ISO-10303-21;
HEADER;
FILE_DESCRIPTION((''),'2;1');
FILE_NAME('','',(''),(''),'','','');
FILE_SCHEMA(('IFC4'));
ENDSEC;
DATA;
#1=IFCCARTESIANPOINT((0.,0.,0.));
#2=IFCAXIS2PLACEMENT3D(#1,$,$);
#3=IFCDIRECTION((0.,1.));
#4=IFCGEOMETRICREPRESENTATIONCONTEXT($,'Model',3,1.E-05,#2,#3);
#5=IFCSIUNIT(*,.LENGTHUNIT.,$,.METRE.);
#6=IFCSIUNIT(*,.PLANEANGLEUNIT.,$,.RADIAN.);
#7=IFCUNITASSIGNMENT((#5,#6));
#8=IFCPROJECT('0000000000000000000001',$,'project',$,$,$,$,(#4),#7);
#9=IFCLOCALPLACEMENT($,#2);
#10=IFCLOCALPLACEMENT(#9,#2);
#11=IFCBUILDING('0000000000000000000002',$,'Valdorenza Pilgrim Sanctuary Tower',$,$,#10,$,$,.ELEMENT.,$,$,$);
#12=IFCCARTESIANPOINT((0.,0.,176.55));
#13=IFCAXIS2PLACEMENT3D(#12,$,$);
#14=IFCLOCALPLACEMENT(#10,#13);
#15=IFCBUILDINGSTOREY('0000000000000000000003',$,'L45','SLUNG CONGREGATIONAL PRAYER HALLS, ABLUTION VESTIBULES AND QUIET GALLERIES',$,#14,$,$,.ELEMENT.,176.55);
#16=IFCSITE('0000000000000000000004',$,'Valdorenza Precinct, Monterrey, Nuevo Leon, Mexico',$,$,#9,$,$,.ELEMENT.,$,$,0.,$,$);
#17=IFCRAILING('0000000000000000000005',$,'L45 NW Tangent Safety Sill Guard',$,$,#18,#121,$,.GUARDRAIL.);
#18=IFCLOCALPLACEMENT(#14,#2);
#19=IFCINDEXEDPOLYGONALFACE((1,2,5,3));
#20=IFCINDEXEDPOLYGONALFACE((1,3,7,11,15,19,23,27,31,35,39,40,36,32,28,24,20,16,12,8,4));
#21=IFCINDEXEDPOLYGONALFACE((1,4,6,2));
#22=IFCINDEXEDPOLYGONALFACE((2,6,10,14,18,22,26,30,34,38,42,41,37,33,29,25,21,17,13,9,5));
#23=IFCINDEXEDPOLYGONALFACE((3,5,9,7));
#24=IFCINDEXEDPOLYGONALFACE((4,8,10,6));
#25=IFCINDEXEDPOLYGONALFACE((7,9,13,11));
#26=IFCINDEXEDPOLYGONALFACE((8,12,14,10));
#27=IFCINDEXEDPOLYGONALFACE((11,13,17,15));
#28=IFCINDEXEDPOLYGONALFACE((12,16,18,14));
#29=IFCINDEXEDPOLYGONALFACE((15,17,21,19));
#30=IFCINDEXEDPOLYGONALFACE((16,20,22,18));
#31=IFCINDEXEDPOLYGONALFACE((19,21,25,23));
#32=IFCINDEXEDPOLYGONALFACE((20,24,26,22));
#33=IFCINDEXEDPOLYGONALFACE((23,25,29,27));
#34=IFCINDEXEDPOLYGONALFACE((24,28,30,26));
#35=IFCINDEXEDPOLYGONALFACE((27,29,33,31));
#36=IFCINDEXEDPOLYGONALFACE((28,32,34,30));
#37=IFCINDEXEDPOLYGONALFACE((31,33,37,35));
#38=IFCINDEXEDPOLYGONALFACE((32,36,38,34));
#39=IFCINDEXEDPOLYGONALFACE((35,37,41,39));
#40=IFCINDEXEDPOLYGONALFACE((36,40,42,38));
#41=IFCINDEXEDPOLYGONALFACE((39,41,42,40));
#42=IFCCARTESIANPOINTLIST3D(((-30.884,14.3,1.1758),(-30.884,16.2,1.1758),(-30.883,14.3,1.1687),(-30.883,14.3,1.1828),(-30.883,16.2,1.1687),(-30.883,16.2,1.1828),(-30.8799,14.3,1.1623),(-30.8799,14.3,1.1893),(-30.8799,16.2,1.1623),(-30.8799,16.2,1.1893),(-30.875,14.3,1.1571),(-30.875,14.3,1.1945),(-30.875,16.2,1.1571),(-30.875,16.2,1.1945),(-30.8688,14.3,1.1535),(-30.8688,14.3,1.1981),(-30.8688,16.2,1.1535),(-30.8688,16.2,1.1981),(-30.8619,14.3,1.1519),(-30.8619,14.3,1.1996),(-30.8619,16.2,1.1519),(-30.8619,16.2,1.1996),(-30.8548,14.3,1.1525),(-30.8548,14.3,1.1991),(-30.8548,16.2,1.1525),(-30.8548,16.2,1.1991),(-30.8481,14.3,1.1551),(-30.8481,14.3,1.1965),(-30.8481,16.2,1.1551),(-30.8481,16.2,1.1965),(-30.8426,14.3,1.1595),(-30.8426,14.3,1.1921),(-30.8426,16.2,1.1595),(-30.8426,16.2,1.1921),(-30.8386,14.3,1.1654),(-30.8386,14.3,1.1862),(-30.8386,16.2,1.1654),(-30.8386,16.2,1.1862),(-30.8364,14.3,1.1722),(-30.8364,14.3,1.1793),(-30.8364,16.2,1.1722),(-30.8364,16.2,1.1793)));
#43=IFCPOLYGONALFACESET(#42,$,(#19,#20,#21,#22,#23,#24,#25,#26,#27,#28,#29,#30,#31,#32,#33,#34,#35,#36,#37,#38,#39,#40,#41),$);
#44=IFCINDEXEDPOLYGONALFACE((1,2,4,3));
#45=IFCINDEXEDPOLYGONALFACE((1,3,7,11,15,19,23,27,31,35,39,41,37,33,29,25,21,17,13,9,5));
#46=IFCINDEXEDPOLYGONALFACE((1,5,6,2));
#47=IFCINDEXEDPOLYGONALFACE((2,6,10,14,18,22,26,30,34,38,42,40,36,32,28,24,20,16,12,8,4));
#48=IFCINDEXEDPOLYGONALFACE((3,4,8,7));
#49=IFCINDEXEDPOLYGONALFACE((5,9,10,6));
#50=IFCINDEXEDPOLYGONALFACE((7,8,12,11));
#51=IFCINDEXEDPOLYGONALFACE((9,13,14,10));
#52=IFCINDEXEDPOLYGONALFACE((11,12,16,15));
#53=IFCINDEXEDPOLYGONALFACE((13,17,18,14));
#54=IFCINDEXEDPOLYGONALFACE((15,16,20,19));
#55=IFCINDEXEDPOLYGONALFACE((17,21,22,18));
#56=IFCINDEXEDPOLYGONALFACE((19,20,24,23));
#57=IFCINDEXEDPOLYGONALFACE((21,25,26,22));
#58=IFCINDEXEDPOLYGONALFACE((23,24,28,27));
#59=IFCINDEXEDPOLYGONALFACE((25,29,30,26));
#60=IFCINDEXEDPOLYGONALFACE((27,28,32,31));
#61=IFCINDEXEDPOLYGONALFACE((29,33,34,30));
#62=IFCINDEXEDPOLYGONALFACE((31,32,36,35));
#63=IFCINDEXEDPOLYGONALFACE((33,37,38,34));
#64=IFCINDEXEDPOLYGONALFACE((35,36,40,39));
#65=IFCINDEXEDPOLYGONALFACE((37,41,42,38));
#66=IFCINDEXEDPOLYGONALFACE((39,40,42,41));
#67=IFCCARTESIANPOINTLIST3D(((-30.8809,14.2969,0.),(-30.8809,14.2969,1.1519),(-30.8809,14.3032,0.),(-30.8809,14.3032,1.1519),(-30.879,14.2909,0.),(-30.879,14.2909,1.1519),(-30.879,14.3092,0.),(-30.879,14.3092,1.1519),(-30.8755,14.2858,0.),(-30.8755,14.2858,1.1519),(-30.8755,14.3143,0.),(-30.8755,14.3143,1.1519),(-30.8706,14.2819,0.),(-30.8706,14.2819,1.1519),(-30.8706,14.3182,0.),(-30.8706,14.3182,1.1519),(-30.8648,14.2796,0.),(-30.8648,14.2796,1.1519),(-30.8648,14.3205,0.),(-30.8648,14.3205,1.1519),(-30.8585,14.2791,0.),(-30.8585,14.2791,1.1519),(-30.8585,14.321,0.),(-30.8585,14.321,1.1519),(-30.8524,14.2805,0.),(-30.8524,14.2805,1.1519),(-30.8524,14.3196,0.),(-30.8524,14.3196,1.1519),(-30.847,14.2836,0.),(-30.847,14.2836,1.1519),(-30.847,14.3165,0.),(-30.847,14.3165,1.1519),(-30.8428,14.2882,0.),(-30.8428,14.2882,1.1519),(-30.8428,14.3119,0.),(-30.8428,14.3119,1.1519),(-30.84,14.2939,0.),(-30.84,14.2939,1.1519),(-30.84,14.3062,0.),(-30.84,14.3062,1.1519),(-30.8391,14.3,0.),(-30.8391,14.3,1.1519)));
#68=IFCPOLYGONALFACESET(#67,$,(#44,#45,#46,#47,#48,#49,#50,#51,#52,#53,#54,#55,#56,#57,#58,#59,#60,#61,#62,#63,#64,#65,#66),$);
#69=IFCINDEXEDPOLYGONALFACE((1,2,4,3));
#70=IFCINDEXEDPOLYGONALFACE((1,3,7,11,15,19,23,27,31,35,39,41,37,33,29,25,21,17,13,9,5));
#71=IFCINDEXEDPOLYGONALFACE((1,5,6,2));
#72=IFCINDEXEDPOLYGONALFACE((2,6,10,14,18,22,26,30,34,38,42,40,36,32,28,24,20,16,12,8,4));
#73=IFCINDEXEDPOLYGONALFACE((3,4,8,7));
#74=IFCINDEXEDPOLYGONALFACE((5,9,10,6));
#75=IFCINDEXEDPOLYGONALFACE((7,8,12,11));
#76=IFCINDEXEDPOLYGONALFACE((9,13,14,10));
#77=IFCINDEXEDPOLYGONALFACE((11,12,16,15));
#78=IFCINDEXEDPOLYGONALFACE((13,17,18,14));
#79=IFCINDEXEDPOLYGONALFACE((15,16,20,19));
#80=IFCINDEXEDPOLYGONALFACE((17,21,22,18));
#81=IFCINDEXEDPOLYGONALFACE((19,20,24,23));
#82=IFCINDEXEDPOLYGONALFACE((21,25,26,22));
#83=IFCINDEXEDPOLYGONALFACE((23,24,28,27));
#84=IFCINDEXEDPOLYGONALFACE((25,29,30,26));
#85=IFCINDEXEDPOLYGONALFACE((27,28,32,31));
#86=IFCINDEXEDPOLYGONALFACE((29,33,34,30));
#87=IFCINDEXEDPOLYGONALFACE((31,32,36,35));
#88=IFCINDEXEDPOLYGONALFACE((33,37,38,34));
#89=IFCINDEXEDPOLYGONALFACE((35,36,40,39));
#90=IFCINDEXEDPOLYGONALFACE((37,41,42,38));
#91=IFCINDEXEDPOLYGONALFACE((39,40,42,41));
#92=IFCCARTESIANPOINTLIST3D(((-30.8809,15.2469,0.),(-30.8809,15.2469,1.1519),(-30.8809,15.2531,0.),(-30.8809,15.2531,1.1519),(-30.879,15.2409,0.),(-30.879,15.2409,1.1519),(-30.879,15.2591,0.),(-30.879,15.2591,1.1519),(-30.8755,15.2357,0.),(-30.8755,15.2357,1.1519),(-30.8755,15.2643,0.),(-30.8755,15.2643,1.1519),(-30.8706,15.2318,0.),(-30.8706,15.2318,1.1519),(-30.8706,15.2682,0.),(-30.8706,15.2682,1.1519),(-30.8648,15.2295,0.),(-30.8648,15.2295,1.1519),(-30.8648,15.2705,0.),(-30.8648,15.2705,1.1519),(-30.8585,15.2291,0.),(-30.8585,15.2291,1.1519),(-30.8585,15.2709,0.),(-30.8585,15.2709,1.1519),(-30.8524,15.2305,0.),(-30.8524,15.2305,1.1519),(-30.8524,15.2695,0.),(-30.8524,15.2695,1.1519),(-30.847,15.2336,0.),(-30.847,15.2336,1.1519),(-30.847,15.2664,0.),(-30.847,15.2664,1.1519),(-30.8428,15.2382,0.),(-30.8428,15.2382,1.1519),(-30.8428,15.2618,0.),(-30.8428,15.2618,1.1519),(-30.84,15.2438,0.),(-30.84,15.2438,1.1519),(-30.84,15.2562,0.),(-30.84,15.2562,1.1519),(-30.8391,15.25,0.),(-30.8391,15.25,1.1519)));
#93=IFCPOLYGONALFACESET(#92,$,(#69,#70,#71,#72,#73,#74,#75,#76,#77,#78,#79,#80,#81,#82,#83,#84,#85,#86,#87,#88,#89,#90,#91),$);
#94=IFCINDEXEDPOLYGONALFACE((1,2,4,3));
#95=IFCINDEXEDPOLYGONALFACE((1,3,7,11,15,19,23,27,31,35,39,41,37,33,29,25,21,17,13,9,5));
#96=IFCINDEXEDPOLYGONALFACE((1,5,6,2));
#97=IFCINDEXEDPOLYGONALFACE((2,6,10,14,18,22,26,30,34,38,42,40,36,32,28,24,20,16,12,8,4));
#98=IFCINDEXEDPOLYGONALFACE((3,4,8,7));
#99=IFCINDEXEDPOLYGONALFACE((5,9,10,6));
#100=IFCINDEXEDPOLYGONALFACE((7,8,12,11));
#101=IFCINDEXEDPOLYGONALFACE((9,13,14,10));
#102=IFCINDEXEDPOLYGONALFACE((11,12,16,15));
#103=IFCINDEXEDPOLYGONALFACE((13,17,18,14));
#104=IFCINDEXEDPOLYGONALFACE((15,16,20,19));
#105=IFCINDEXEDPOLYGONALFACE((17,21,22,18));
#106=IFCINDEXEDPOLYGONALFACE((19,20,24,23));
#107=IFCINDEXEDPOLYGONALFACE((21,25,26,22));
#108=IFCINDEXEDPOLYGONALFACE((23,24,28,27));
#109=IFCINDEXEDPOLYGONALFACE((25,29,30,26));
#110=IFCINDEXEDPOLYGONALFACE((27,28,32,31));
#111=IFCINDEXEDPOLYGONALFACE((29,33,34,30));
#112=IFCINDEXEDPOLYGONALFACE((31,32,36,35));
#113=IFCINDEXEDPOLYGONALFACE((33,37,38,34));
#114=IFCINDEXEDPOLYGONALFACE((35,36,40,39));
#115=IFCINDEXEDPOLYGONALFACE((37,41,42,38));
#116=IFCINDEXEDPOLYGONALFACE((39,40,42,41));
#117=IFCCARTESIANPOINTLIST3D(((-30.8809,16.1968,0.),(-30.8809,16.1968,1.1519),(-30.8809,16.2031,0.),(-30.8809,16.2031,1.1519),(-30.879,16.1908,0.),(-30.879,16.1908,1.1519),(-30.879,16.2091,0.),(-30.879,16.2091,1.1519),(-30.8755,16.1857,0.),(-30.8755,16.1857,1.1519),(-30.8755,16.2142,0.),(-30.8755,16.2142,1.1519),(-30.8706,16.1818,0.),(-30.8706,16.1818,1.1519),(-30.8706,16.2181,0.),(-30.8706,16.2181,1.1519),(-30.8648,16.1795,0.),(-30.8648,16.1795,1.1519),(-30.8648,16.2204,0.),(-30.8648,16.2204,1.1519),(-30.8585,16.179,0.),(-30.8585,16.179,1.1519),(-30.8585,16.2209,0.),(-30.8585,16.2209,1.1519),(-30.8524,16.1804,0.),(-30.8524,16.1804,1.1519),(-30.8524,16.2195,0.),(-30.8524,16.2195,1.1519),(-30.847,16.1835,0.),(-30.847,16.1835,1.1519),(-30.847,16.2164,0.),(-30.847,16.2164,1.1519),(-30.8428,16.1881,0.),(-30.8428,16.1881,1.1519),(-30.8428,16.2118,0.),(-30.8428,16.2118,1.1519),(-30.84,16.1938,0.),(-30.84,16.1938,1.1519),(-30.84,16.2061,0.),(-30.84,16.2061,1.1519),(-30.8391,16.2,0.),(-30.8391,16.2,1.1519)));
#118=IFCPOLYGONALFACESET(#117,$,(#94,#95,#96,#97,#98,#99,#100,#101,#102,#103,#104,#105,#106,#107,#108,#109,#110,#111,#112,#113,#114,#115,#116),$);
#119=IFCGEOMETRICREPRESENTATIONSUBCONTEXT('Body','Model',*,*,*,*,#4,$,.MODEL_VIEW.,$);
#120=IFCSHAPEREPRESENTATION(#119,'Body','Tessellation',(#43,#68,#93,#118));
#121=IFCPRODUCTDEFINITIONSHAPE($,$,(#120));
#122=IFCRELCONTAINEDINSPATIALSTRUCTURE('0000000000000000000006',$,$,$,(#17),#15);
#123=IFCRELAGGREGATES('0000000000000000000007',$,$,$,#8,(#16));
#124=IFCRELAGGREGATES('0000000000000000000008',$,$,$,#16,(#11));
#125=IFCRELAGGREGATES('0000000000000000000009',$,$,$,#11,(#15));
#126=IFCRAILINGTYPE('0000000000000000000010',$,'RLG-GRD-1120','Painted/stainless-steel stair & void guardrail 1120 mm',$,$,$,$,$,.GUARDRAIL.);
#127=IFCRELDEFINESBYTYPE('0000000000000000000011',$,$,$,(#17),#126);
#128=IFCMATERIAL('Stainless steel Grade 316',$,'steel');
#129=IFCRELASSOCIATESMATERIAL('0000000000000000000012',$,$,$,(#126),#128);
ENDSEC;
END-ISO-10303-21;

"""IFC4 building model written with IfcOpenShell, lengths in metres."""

from ifc_helpers import new_model, si_unit, direction, frame, origin, origin_2d, place, context, subcontext, project, spatial, circle, extrude, material, type_object, element, save


model = new_model("IFC4")

# Units and contexts
model_context = context("Model", 3, precision=1e-05, world=origin(), true_north=direction((0.0, 1.0)))
body_context = subcontext(model_context, "Body", "Model", "MODEL_VIEW")
ifc_project = project(units=[si_unit("LENGTHUNIT", "METRE"), si_unit("PLANEANGLEUNIT", "RADIAN")], contexts=[model_context])

# Site, building, storey
site_placement = place(None, origin())
site = spatial("IfcSite", under=ifc_project, at=site_placement, Name="Valdorenza Precinct, Monterrey, Nuevo Leon, Mexico", CompositionType="ELEMENT", RefElevation=0.0)
building_placement = place(site_placement, origin())
building = spatial("IfcBuilding", under=site, at=building_placement, Name="Valdorenza Pilgrim Sanctuary Tower", CompositionType="ELEMENT")
storey_placement = place(building_placement, frame((0.0, 0.0, 176.55)))
storey = spatial("IfcBuildingStorey", under=building, at=storey_placement, Name="L45", Description="SLUNG CONGREGATIONAL PRAYER HALLS, ABLUTION VESTIBULES AND QUIET GALLERIES", CompositionType="ELEMENT", Elevation=176.55)

# Railing
ifc_material_1 = material(Name="Stainless steel Grade 316", Category="steel")
railing_type = type_object("IfcRailingType", Name="RLG-GRD-1120", Description="Painted/stainless-steel stair & void guardrail 1120 mm", PredefinedType="GUARDRAIL", material=ifc_material_1)
railing_placement = place(storey_placement, frame((-30.8601, 14.3, 0.0)))
element("IfcRailing", 1, at=railing_placement, inside=storey, type_object=railing_type, Name="L45 NW Tangent Safety Sill Guard", PredefinedType="GUARDRAIL", context=body_context, shape_type="SweptSolid", body=[
    extrude(circle(Radius=0.0239, at=origin_2d()), frame((0.0, 0.0, 1.1758), z_axis=(0.0, 1.0, 0.0), x_axis=(-1.0, 0.0, 0.0)), (0.0, 0.0, 1.0), 1.8999),
    extrude(circle(Radius=0.021, at=origin_2d()), origin(), (0.0, 0.0, 1.0), 1.1519),
    extrude(circle(Radius=0.021, at=origin_2d()), frame((0.0, 0.95, 0.0)), (0.0, 0.0, 1.0), 1.1519),
    extrude(circle(Radius=0.021, at=origin_2d()), frame((0.0, 1.8999, 0.0)), (0.0, 0.0, 1.0), 1.1519),
])

save(model, "model.ifc")
